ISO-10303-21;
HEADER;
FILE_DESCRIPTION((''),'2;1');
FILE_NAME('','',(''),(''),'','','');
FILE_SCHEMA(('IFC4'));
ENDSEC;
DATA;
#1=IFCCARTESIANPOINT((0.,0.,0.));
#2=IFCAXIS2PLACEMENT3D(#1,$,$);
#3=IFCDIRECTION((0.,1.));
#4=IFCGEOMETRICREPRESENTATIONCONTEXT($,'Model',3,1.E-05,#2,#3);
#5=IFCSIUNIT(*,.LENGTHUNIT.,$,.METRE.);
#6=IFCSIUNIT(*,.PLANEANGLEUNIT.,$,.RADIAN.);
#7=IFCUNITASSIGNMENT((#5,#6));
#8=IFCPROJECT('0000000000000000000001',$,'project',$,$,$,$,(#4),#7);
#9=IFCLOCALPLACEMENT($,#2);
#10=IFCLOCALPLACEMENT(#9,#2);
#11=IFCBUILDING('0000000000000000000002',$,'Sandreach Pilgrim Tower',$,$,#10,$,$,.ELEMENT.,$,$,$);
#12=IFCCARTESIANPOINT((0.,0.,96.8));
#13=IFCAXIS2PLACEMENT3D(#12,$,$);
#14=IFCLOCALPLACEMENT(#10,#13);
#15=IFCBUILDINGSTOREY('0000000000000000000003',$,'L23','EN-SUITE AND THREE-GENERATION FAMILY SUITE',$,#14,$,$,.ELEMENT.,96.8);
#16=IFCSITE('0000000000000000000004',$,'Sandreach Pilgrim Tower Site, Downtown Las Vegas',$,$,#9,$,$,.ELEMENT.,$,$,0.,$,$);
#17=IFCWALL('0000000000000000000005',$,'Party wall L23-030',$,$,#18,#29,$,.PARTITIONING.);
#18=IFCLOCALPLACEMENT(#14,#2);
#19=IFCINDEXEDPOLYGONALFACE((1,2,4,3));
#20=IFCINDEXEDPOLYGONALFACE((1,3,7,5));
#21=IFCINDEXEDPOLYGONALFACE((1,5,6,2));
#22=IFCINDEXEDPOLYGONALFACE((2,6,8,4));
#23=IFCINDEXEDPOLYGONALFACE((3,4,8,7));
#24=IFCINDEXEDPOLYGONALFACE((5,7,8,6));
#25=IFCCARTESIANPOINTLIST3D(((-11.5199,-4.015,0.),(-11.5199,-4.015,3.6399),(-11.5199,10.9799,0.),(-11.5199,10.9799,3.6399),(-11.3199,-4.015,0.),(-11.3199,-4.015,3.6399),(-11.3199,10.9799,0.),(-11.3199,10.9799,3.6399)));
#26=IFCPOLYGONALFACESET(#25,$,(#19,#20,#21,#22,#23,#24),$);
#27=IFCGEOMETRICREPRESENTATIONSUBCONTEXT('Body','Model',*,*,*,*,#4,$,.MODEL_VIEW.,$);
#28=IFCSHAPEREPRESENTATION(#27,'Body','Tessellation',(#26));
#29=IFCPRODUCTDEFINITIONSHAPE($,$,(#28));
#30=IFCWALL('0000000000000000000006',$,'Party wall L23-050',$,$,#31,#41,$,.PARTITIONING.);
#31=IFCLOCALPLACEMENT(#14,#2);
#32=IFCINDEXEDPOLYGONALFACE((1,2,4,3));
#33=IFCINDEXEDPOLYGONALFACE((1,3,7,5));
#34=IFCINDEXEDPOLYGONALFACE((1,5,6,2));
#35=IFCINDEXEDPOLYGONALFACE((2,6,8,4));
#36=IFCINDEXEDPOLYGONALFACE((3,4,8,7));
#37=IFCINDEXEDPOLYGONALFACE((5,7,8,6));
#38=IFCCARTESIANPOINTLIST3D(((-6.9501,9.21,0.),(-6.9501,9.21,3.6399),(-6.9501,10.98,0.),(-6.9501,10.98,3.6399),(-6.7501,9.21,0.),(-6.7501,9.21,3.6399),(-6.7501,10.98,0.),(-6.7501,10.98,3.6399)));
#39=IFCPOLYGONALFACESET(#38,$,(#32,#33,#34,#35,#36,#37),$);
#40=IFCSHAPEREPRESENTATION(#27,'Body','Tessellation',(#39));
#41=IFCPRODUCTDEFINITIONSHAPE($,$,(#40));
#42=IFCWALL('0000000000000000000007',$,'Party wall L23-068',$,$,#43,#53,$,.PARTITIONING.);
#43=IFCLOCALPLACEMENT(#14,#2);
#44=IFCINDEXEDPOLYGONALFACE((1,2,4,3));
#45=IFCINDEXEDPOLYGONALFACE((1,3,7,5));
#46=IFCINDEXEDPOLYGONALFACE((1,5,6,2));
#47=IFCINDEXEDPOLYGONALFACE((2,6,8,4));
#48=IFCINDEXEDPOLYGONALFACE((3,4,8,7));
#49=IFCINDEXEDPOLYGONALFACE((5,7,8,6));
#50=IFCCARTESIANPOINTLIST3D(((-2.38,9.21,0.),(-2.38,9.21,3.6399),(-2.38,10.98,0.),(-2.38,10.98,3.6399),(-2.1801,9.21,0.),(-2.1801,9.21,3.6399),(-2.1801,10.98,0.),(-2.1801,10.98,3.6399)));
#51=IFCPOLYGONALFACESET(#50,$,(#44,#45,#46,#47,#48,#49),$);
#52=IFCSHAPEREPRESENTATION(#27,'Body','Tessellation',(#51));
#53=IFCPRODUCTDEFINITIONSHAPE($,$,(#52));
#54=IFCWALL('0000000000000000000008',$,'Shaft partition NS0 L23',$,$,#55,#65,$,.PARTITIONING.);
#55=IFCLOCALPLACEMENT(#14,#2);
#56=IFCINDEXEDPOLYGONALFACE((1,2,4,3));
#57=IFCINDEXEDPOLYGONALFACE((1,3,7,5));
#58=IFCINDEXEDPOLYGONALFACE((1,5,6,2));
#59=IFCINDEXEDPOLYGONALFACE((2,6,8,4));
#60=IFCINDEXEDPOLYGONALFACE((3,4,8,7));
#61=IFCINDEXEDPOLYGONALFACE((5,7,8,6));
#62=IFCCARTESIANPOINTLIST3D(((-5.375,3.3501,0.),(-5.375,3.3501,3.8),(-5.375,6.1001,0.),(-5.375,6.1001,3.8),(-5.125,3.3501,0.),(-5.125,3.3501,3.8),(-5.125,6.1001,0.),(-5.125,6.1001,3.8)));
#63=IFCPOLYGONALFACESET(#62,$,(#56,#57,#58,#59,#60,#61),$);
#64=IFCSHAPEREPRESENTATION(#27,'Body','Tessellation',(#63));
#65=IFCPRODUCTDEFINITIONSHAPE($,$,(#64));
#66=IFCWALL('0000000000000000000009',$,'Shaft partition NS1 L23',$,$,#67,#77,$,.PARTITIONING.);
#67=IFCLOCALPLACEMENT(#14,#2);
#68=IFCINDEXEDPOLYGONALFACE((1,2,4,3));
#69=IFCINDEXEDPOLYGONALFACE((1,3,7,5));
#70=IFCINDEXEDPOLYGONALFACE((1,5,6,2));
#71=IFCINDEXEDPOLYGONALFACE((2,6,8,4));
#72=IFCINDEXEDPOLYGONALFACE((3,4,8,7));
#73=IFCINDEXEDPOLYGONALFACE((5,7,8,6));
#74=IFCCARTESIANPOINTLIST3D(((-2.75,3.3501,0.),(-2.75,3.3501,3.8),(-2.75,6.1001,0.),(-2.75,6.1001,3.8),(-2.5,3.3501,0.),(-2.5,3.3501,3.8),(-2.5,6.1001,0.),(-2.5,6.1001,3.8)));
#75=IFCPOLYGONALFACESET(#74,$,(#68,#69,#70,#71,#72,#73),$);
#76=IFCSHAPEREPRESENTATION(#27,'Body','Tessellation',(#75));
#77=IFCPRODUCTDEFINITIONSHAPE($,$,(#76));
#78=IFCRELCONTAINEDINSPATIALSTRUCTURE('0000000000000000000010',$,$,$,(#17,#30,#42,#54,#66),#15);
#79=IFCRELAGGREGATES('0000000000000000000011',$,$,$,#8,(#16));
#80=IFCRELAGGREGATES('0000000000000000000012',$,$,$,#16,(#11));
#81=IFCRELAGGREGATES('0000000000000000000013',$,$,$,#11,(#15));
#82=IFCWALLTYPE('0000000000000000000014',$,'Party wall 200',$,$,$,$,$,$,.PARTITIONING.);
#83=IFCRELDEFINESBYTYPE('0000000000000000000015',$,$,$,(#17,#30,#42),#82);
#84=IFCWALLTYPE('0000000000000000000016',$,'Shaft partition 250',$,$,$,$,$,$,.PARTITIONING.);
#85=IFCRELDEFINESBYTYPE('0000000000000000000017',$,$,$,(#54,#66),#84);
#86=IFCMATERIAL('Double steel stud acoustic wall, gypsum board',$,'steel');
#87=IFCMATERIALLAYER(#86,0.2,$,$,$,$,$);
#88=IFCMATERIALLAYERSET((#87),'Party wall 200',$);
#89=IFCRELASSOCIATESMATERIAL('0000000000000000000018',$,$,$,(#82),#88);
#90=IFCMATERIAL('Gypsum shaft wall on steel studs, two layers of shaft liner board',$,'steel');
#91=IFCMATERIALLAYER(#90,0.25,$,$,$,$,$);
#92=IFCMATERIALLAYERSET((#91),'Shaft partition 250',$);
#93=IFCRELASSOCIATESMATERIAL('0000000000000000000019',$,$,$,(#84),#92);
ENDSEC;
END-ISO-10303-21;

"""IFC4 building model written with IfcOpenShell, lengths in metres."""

from ifc_helpers import new_model, si_unit, direction, frame, frame_2d, origin, place, context, subcontext, project, spatial, rectangle, extrude, material, layer, layer_set, type_object, element, save


model = new_model("IFC4")

# Units and contexts
model_context = context("Model", 3, precision=1e-05, world=origin(), true_north=direction((0.0, 1.0)))
body_context = subcontext(model_context, "Body", "Model", "MODEL_VIEW")
ifc_project = project(units=[si_unit("LENGTHUNIT", "METRE"), si_unit("PLANEANGLEUNIT", "RADIAN")], contexts=[model_context])

# Site, building, storey
site_placement = place(None, origin())
site = spatial("IfcSite", under=ifc_project, at=site_placement, Name="Sandreach Pilgrim Tower Site, Downtown Las Vegas", CompositionType="ELEMENT", RefElevation=0.0)
building_placement = place(site_placement, origin())
building = spatial("IfcBuilding", under=site, at=building_placement, Name="Sandreach Pilgrim Tower", CompositionType="ELEMENT")
storey_placement = place(building_placement, frame((0.0, 0.0, 96.8)))
storey = spatial("IfcBuildingStorey", under=building, at=storey_placement, Name="L23", Description="EN-SUITE AND THREE-GENERATION FAMILY SUITE", CompositionType="ELEMENT", Elevation=96.8)

# Walls
ifc_material_1 = material(Name="Double steel stud acoustic wall, gypsum board", Category="steel")
ifc_layer_1 = layer(ifc_material_1, 0.2)
ifc_layer_set_1 = layer_set([ifc_layer_1], Name="Party wall 200")
wall_type_1 = type_object("IfcWallType", Name="Party wall 200", PredefinedType="PARTITIONING", material=ifc_layer_set_1)
wall_1_placement = place(storey_placement, frame((-11.4199, 10.98, 0.0), z_axis=(0.0, 0.0, 1.0), x_axis=(0.0, -1.0, 0.0)))
element("IfcWall", 1, at=wall_1_placement, inside=storey, type_object=wall_type_1, Name="Party wall L23-030", PredefinedType="PARTITIONING", context=body_context, shape_type="SweptSolid", body=[
    extrude(rectangle(XDim=14.9949, YDim=0.2, at=frame_2d((7.4976, 0.0))), origin(), (0.0, 0.0, 1.0), 3.6399),
])
for number, where, z_axis, x_axis, name in (
    (2, (-6.8501, 10.98, 0.0), (0.0, 0.0, 1.0), (0.0, -1.0, 0.0), "Party wall L23-050"),
    (3, (-2.28, 10.98, 0.0), (0.0, 0.0, 1.0), (0.0, -1.0, 0.0), "Party wall L23-068"),
):
    element("IfcWall", number, at=place(storey_placement, frame(where, z_axis=z_axis, x_axis=x_axis)), inside=storey, type_object=wall_type_1, Name=name, PredefinedType="PARTITIONING", context=body_context, shape_type="SweptSolid", body=[
        extrude(rectangle(XDim=1.77, YDim=0.2, at=frame_2d((0.885, 0.0))), origin(), (0.0, 0.0, 1.0), 3.6399),
    ])
ifc_material_2 = material(Name="Gypsum shaft wall on steel studs, two layers of shaft liner board", Category="steel")
ifc_layer_2 = layer(ifc_material_2, 0.25)
ifc_layer_set_2 = layer_set([ifc_layer_2], Name="Shaft partition 250")
wall_type_2 = type_object("IfcWallType", Name="Shaft partition 250", PredefinedType="PARTITIONING", material=ifc_layer_set_2)
for number, where, z_axis, x_axis, name in (
    (4, (-5.25, 3.3501, 0.0), (0.0, 0.0, 1.0), (0.0, 1.0, 0.0), "Shaft partition NS0 L23"),
    (5, (-2.625, 3.3501, 0.0), (0.0, 0.0, 1.0), (0.0, 1.0, 0.0), "Shaft partition NS1 L23"),
):
    element("IfcWall", number, at=place(storey_placement, frame(where, z_axis=z_axis, x_axis=x_axis)), inside=storey, type_object=wall_type_2, Name=name, PredefinedType="PARTITIONING", context=body_context, shape_type="SweptSolid", body=[
        extrude(rectangle(XDim=2.75, YDim=0.25, at=frame_2d((1.375, 0.0))), origin(), (0.0, 0.0, 1.0), 3.8),
    ])

save(model, "model.ifc")
